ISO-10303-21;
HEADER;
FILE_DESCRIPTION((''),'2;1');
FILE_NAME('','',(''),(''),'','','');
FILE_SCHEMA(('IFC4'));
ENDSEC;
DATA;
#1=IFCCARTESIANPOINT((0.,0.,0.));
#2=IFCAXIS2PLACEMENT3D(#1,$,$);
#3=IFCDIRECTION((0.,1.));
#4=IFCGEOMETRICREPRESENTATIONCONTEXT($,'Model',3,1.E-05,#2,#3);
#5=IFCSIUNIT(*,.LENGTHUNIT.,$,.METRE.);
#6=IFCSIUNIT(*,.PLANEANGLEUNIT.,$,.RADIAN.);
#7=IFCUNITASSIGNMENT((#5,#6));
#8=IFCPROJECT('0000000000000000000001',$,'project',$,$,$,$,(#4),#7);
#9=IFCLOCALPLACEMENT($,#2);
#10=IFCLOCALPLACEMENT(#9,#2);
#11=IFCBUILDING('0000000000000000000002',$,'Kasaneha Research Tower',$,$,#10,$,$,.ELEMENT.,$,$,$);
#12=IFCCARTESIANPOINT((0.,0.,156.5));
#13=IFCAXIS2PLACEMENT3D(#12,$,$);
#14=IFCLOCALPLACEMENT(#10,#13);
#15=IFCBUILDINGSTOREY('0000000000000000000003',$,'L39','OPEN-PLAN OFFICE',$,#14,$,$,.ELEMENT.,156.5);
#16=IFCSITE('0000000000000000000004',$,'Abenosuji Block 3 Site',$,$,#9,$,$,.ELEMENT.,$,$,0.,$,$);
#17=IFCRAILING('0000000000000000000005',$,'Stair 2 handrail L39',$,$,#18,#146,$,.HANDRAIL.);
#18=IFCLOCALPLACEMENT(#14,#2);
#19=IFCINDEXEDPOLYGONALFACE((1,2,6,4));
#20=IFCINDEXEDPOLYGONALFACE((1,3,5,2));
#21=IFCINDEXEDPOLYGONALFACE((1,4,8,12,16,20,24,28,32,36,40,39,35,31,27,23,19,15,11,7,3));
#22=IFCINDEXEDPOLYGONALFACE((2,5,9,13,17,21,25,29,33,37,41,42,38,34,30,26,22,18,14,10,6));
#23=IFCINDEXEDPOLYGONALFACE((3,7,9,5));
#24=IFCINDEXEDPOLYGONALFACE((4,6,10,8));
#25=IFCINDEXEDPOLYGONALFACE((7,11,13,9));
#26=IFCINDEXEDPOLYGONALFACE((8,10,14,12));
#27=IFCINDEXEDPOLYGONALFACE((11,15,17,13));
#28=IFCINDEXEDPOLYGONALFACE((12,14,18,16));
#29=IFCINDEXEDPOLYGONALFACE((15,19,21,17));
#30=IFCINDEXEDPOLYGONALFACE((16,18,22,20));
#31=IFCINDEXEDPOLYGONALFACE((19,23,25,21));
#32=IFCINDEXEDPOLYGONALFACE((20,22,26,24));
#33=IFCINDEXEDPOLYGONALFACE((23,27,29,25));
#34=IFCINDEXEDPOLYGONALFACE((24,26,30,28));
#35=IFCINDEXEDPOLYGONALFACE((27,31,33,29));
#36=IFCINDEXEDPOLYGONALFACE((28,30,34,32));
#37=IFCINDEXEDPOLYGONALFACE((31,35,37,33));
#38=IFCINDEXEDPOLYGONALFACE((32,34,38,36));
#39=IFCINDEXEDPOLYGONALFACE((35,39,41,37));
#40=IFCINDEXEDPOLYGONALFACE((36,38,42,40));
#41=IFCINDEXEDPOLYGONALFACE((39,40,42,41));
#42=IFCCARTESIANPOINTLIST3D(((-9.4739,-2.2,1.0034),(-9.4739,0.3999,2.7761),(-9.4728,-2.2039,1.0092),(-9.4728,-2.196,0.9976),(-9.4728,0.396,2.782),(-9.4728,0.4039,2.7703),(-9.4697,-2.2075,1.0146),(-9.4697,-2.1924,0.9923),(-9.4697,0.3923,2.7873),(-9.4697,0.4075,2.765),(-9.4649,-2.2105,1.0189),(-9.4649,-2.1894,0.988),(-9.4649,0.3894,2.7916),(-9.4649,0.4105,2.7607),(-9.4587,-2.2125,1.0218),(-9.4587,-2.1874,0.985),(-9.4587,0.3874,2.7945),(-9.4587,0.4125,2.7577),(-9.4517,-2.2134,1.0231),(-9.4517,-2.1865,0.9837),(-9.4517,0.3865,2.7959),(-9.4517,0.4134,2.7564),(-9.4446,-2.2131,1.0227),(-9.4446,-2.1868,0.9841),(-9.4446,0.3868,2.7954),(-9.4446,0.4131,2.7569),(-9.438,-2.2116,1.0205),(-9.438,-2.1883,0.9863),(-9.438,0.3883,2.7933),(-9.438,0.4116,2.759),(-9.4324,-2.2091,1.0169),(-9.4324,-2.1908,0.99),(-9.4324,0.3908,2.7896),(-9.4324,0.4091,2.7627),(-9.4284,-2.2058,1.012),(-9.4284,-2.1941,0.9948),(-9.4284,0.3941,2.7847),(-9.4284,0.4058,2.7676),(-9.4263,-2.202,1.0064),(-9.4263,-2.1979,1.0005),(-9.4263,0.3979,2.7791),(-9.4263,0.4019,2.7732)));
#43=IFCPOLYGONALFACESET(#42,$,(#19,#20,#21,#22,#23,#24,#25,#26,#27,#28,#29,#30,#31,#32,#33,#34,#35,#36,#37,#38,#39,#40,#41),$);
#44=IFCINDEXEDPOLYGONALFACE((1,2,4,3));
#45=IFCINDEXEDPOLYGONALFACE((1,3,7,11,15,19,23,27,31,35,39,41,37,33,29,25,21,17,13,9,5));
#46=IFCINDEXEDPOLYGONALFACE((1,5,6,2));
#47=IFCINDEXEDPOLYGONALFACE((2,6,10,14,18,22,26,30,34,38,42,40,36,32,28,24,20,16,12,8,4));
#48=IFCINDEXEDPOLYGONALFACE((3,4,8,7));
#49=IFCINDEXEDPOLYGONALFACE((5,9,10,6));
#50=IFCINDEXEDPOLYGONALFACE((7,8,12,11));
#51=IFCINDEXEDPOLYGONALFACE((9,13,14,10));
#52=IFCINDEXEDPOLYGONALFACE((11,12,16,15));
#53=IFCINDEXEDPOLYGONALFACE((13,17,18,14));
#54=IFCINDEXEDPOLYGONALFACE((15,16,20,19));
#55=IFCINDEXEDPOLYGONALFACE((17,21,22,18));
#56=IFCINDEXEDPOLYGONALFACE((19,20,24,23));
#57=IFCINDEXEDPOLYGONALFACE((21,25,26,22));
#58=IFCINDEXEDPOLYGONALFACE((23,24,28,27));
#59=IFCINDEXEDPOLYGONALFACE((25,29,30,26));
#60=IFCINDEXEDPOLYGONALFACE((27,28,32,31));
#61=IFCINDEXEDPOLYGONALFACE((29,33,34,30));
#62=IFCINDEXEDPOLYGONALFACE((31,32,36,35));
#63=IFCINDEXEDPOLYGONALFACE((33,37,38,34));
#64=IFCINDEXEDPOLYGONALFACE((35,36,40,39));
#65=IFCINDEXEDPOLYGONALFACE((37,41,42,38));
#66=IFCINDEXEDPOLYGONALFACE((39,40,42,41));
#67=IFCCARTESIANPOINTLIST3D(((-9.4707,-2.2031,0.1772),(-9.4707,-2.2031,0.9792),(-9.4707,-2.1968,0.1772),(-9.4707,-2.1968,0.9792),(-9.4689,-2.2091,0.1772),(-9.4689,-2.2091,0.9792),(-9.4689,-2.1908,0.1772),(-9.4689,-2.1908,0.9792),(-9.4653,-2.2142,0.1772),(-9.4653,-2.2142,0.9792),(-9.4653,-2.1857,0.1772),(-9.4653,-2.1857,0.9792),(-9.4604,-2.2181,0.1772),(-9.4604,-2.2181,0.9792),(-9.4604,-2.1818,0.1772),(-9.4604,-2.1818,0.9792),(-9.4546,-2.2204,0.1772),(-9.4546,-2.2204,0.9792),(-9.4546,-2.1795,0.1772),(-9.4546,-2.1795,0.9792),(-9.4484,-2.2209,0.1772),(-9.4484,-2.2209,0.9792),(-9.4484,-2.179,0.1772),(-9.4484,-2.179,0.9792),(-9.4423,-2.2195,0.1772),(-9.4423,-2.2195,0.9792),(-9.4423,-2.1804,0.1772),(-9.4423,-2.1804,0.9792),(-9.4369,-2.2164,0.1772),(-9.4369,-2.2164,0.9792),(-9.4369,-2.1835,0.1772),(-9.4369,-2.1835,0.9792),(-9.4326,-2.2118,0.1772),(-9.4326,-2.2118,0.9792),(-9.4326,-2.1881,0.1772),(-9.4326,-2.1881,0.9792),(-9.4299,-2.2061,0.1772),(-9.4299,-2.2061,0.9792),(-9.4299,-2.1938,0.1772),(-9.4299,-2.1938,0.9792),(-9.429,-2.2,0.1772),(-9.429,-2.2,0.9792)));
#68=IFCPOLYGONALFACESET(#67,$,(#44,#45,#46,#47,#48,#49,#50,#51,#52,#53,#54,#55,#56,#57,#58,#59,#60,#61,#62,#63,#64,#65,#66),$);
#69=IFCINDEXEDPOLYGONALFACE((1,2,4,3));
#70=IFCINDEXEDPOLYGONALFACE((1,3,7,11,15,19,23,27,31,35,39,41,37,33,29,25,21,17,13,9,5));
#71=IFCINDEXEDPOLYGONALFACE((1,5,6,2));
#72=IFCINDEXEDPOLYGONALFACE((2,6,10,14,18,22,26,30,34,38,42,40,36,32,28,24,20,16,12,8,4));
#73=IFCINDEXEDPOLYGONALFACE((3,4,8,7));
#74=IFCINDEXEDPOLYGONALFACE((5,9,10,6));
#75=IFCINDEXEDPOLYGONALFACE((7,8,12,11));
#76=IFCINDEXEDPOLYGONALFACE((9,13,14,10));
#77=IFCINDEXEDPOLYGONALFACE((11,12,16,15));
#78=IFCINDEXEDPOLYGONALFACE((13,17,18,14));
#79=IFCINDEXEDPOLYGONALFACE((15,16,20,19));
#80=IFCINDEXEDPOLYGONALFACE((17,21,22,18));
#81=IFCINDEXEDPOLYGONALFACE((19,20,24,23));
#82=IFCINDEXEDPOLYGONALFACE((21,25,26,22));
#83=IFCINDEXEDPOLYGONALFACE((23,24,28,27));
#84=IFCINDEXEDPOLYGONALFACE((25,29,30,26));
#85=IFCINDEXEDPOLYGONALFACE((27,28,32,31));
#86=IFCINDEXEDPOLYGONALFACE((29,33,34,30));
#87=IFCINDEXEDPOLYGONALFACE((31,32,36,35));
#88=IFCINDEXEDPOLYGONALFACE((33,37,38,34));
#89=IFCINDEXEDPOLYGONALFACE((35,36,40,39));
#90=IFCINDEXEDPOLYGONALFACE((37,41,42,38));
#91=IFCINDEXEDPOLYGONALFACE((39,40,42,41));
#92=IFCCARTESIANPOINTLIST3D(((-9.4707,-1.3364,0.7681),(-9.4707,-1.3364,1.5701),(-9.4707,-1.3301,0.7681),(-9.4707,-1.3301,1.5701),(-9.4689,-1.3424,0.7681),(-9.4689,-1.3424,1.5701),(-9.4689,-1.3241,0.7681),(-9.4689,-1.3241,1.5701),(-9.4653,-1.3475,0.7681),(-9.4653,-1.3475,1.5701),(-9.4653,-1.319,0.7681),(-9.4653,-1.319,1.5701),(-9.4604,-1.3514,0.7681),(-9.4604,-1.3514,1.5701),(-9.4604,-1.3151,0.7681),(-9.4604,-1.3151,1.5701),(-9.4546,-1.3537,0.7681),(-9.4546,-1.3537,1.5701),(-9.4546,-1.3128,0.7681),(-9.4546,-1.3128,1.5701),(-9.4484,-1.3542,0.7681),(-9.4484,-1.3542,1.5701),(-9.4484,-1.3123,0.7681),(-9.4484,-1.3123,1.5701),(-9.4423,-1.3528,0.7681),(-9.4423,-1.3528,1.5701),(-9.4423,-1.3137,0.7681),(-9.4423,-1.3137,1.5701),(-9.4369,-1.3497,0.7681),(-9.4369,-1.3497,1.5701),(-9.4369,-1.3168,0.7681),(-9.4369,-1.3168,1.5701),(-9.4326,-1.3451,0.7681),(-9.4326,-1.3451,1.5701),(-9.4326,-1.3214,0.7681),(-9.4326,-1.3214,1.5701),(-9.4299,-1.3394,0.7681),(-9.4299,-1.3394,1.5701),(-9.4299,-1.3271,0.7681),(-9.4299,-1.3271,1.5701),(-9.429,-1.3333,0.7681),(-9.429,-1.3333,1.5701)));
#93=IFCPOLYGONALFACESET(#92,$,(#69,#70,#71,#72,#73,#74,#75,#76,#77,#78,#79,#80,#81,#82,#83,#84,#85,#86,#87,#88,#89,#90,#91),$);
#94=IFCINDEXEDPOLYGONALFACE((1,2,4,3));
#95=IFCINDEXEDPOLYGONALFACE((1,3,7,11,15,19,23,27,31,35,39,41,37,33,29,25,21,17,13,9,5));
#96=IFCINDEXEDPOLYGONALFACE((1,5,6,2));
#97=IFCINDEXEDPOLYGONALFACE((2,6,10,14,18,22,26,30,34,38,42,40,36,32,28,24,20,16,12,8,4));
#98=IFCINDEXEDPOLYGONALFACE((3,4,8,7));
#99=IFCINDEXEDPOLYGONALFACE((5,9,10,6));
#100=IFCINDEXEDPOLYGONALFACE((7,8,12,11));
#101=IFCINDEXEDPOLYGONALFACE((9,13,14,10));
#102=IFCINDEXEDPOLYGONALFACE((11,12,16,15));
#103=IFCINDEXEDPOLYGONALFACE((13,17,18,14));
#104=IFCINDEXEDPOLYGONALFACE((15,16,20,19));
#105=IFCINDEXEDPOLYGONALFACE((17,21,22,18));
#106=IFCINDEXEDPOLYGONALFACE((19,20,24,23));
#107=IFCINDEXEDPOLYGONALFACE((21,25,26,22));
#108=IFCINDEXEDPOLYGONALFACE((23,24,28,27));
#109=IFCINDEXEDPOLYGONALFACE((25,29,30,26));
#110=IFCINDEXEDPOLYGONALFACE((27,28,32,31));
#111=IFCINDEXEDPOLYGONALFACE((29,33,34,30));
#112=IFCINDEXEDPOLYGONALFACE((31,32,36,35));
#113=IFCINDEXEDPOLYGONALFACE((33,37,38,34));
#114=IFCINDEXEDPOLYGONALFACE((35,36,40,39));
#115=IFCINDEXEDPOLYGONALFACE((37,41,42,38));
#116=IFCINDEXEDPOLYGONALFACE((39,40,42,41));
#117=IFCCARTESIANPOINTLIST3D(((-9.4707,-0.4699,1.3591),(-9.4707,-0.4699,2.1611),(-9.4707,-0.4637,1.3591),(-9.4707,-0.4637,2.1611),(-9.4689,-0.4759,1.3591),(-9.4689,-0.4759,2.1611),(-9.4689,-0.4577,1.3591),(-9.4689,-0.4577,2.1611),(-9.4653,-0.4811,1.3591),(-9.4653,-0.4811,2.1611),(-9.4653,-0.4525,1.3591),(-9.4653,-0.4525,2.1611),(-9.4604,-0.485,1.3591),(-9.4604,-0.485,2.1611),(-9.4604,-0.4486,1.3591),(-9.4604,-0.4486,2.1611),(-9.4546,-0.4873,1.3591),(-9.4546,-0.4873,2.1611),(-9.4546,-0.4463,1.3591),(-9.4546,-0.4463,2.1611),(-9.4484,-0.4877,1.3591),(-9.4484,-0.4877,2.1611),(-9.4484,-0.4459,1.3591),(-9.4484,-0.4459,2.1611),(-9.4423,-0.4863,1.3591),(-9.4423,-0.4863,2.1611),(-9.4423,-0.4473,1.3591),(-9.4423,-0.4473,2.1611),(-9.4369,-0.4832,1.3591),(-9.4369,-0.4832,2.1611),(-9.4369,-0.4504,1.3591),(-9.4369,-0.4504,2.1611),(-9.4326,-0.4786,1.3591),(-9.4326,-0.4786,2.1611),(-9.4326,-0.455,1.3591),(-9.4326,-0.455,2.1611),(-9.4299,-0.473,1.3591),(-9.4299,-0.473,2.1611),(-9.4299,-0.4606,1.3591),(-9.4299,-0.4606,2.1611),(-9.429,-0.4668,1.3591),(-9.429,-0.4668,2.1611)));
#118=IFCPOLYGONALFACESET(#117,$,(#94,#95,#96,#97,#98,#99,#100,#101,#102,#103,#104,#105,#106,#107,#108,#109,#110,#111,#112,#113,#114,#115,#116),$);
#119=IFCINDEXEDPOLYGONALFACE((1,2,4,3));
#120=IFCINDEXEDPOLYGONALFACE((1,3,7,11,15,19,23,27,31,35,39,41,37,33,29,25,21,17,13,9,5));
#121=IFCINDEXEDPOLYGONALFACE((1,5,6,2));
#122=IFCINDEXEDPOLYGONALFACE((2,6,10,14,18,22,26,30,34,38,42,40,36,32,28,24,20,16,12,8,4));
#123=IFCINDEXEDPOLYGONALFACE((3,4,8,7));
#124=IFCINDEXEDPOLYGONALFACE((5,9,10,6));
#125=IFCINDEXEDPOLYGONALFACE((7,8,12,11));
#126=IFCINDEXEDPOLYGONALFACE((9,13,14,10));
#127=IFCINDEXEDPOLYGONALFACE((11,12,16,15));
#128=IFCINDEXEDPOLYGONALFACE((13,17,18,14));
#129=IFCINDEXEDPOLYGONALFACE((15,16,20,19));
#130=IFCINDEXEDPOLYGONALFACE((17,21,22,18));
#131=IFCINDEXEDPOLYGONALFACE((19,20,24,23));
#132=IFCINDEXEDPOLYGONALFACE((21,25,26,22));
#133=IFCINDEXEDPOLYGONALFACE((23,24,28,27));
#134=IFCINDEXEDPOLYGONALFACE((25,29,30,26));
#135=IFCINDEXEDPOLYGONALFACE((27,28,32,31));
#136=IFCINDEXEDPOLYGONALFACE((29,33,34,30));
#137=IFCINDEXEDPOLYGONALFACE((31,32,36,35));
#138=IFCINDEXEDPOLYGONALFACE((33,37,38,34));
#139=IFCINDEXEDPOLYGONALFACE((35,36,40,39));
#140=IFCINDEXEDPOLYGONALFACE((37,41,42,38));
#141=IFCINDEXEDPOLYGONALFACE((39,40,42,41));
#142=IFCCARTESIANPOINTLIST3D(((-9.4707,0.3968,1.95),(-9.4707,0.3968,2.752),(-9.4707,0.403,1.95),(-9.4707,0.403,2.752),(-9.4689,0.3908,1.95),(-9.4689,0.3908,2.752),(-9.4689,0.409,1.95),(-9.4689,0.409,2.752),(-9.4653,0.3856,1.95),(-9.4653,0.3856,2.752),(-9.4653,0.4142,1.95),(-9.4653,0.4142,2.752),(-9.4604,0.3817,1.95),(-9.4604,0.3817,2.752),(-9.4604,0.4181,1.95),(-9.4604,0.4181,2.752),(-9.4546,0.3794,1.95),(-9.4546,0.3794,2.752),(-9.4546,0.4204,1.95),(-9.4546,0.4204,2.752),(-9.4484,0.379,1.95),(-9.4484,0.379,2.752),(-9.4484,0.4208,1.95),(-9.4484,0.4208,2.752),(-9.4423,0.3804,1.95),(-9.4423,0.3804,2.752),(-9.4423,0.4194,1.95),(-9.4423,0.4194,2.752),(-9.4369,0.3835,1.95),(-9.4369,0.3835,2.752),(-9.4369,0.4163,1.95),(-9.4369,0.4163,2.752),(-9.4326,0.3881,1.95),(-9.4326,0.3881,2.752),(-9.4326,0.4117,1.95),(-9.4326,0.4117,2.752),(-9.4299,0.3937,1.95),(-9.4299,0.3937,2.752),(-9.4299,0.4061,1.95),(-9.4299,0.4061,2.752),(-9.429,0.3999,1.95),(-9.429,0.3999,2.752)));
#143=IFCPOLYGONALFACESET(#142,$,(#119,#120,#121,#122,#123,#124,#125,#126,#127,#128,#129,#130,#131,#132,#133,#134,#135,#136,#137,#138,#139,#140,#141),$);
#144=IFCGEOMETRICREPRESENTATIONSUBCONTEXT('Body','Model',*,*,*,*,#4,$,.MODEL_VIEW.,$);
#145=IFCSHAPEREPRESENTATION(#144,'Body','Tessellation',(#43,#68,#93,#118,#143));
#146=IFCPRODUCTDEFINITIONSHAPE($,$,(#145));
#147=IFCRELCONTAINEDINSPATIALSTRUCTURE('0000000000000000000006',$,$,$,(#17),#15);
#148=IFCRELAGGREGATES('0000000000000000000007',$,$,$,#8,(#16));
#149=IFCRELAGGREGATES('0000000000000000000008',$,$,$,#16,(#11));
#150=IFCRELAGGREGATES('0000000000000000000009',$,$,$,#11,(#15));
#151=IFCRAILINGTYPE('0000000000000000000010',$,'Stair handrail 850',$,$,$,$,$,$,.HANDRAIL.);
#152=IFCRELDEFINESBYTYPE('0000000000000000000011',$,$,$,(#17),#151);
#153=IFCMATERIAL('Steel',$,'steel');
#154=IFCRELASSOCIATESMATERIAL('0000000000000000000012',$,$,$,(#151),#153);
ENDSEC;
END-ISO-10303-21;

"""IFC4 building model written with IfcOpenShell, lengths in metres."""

from ifc_helpers import new_model, si_unit, direction, frame, origin, origin_2d, place, context, subcontext, project, spatial, circle, extrude, material, type_object, element, save


model = new_model("IFC4")

# Units and contexts
model_context = context("Model", 3, precision=1e-05, world=origin(), true_north=direction((0.0, 1.0)))
body_context = subcontext(model_context, "Body", "Model", "MODEL_VIEW")
ifc_project = project(units=[si_unit("LENGTHUNIT", "METRE"), si_unit("PLANEANGLEUNIT", "RADIAN")], contexts=[model_context])

# Site, building, storey
site_placement = place(None, origin())
site = spatial("IfcSite", under=ifc_project, at=site_placement, Name="Abenosuji Block 3 Site", CompositionType="ELEMENT", RefElevation=0.0)
building_placement = place(site_placement, origin())
building = spatial("IfcBuilding", under=site, at=building_placement, Name="Kasaneha Research Tower", CompositionType="ELEMENT")
storey_placement = place(building_placement, frame((0.0, 0.0, 156.5)))
storey = spatial("IfcBuildingStorey", under=building, at=storey_placement, Name="L39", Description="OPEN-PLAN OFFICE", CompositionType="ELEMENT", Elevation=156.5)

# Railing
ifc_material_1 = material(Name="Steel", Category="steel")
railing_type_1 = type_object("IfcRailingType", Name="Stair handrail 850", PredefinedType="HANDRAIL", material=ifc_material_1)
railing_1_placement = place(storey_placement, frame((-9.45, -2.2, 0.1772)))
element("IfcRailing", 1, at=railing_1_placement, inside=storey, type_object=railing_type_1, Name="Stair 2 handrail L39", PredefinedType="HANDRAIL", context=body_context, shape_type="SweptSolid", body=[
    extrude(circle(Radius=0.0239, at=origin_2d()), frame((0.0, 0.0, 0.8262), z_axis=(0.0, 0.826216, 0.563354), x_axis=(-1.0, 0.0, 0.0)), (0.0, 0.0, 1.0), 3.1467),
    extrude(circle(Radius=0.021, at=origin_2d()), origin(), (0.0, 0.0, 1.0), 0.802),
    extrude(circle(Radius=0.021, at=origin_2d()), frame((0.0, 0.8667, 0.5908)), (0.0, 0.0, 1.0), 0.802),
    extrude(circle(Radius=0.021, at=origin_2d()), frame((0.0, 1.7332, 1.1819)), (0.0, 0.0, 1.0), 0.802),
    extrude(circle(Radius=0.021, at=origin_2d()), frame((0.0, 2.5999, 1.7727)), (0.0, 0.0, 1.0), 0.802),
])

save(model, "model.ifc")
